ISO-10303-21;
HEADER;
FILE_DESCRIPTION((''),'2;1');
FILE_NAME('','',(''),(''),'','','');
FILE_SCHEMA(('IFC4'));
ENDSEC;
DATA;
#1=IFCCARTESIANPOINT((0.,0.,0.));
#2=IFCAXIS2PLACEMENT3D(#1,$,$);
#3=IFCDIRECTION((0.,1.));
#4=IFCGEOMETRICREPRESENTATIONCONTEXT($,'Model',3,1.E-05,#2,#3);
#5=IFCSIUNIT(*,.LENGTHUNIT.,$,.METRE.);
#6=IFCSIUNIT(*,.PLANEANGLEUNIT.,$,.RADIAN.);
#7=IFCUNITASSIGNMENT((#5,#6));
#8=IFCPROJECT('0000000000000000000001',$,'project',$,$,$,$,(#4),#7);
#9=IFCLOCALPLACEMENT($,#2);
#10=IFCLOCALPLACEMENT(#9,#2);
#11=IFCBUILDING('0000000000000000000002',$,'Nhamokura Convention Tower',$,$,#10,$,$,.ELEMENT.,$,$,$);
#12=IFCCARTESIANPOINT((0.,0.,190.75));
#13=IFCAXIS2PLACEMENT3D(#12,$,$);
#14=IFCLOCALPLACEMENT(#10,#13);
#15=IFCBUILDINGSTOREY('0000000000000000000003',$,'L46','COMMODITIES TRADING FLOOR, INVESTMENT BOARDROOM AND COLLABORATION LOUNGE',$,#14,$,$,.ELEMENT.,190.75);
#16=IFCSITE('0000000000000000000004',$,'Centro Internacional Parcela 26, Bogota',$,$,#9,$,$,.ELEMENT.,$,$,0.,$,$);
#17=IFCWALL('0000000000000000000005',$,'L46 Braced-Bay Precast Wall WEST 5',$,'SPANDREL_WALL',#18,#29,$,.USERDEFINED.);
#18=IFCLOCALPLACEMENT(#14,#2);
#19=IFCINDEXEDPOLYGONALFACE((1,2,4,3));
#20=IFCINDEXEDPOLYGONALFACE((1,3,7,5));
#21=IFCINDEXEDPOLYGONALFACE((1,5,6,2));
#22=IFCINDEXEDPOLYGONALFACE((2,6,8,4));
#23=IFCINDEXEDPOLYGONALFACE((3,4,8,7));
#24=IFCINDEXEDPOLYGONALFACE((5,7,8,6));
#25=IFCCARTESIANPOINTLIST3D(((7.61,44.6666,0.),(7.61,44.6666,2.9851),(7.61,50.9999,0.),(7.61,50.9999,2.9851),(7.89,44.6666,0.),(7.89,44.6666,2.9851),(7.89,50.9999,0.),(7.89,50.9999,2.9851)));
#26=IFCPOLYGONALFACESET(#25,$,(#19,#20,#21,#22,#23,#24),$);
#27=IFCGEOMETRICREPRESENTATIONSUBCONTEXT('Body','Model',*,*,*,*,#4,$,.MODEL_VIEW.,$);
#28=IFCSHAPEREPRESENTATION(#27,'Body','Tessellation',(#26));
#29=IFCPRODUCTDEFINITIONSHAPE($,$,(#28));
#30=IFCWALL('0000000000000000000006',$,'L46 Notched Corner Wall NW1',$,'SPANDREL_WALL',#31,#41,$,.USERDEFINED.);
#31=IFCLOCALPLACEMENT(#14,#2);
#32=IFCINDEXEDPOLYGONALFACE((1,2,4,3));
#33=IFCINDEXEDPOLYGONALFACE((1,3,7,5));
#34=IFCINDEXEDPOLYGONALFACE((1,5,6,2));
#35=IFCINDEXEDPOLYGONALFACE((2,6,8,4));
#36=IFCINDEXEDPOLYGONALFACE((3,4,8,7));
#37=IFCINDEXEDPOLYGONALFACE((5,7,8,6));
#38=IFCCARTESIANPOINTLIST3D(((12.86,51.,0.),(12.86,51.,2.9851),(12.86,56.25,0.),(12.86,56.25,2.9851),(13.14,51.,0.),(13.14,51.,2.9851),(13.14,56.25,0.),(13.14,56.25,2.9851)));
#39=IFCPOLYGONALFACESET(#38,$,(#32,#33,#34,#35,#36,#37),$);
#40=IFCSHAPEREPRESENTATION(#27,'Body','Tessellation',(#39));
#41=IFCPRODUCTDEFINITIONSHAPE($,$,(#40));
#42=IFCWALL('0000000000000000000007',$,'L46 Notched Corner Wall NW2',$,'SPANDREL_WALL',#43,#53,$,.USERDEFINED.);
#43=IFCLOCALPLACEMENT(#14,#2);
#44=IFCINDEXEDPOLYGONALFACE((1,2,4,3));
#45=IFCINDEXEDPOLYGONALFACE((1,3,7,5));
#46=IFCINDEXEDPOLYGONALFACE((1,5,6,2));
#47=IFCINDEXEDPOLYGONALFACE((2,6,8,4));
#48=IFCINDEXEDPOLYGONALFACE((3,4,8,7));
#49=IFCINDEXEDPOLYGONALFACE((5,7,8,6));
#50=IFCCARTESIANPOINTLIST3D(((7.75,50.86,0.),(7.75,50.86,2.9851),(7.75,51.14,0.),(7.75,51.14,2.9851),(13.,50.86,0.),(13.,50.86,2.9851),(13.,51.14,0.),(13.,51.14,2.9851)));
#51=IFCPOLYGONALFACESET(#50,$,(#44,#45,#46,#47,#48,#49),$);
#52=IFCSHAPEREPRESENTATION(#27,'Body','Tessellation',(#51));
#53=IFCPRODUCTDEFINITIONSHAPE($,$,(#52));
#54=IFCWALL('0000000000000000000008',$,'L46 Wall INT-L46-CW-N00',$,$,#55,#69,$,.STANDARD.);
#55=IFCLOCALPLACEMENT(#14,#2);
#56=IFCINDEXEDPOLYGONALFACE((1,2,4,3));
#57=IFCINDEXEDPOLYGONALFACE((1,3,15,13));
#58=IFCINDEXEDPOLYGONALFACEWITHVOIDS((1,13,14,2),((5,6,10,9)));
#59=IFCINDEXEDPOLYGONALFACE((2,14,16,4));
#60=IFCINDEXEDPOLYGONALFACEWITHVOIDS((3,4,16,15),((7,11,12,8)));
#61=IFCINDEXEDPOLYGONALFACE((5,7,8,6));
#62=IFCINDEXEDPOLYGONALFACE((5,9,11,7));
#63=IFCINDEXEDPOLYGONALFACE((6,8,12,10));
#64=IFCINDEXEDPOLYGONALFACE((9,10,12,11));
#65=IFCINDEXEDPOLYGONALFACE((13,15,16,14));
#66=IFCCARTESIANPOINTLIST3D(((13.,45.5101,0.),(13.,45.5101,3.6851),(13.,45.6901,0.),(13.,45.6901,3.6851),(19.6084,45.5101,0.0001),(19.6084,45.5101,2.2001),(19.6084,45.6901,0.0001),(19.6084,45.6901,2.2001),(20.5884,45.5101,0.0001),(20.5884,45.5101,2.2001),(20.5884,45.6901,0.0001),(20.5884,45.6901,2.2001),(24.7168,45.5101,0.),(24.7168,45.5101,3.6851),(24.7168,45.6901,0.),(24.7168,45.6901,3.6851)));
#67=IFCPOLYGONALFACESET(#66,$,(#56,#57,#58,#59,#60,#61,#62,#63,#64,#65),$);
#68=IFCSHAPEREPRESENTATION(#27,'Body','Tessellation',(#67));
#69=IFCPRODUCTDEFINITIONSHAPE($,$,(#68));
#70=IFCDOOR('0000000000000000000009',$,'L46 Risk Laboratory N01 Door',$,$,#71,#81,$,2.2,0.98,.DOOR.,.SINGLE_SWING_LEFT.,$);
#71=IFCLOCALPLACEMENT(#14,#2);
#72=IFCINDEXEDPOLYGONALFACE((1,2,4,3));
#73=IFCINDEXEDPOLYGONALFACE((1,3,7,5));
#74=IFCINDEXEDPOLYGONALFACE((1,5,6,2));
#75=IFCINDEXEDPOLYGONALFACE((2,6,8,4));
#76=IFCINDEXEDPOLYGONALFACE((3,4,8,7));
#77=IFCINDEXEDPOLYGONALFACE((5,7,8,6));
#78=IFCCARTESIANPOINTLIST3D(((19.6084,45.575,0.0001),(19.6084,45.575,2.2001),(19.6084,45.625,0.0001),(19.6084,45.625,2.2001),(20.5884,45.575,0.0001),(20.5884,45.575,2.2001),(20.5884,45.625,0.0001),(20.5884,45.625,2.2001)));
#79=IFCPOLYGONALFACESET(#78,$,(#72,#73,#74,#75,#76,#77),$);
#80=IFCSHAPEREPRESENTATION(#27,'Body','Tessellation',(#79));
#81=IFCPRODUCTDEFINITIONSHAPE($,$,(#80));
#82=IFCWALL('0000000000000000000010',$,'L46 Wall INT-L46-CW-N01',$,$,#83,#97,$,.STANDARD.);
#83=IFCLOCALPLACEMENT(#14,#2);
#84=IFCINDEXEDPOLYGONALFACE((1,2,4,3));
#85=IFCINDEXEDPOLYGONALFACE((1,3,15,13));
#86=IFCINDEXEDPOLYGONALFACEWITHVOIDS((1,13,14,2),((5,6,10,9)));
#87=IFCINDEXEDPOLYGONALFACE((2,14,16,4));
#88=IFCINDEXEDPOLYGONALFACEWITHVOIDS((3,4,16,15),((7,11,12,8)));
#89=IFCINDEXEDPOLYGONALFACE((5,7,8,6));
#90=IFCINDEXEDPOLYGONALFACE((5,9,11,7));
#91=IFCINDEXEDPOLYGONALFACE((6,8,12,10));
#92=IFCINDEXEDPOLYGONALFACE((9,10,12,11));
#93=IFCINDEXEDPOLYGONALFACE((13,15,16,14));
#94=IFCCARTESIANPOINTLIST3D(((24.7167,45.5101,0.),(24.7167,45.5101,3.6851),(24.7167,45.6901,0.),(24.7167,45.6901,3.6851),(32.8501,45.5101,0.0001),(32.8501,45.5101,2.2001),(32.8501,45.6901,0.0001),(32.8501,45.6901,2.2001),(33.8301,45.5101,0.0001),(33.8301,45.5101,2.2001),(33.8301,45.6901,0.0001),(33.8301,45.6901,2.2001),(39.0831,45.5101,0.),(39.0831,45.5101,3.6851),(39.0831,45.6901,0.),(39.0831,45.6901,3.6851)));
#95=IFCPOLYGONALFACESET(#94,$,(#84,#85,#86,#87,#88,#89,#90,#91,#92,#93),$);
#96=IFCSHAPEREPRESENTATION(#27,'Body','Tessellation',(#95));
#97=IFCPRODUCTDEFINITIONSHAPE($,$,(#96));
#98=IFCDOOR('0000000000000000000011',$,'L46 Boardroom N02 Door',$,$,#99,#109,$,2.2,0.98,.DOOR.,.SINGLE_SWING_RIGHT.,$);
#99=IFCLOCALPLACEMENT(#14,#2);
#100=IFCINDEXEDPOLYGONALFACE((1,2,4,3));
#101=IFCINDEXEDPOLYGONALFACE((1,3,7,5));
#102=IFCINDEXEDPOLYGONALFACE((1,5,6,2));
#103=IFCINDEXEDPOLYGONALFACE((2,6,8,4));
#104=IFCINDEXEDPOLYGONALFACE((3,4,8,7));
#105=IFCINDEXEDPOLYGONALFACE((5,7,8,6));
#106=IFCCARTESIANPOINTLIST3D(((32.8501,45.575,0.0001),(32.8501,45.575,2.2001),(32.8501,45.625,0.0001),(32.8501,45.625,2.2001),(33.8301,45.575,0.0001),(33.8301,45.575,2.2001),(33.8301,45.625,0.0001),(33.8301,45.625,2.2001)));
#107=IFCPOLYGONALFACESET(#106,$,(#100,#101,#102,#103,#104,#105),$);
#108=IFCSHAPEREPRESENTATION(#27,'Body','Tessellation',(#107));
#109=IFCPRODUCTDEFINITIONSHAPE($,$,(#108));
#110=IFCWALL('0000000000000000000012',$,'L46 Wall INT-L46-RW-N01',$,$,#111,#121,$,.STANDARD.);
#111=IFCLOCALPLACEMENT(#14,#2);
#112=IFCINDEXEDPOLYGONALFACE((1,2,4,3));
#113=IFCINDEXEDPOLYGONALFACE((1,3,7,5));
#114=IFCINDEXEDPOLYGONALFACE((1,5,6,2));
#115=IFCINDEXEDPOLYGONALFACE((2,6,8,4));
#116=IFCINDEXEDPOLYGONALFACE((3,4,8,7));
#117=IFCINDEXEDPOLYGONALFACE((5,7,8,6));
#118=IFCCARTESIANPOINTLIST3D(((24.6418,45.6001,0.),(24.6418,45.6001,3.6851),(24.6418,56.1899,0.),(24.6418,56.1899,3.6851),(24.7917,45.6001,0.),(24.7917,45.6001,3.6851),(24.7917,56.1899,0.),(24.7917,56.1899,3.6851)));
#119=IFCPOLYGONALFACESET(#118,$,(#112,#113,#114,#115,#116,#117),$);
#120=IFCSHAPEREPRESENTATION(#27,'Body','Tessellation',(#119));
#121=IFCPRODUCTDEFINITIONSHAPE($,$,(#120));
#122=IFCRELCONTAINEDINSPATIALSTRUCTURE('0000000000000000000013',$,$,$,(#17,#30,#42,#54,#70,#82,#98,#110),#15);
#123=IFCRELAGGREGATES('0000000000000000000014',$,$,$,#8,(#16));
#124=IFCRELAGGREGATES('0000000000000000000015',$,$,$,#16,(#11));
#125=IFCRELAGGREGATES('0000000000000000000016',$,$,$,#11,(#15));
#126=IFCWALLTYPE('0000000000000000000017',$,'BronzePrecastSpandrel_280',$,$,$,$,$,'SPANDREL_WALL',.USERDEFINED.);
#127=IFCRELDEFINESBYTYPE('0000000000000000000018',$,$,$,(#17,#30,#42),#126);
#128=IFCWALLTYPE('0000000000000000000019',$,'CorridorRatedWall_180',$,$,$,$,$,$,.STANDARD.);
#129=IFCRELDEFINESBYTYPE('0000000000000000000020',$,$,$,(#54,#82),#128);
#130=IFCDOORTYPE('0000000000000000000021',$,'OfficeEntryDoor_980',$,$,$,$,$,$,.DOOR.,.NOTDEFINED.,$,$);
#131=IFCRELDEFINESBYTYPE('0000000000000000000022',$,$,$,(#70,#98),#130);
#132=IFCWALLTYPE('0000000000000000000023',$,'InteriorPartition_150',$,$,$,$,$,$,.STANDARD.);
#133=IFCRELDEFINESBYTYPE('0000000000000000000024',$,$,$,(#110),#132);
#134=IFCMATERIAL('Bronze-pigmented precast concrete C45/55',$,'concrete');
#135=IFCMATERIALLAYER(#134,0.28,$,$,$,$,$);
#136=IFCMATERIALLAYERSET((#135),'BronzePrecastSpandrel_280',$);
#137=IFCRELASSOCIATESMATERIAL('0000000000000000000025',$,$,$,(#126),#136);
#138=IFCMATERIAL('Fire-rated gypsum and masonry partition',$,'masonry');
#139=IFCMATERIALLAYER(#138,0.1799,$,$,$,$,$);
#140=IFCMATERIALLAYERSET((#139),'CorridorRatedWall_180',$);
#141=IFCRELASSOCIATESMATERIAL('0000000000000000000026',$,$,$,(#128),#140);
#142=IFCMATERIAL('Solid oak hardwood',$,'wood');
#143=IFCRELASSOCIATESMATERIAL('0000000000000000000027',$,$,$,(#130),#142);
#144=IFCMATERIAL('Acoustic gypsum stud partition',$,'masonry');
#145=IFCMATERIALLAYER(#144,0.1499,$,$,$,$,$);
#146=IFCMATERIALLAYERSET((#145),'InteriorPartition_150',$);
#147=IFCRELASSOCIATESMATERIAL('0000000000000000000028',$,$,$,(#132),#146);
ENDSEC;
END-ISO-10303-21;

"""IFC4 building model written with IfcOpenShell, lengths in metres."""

from ifc_helpers import new_model, si_unit, direction, frame, frame_2d, origin, place, context, subcontext, project, spatial, rectangle, extrude, material, layer, layer_set, type_object, element, fill, save


model = new_model("IFC4")

# Units and contexts
model_context = context("Model", 3, precision=1e-05, world=origin(), true_north=direction((0.0, 1.0)))
body_context = subcontext(model_context, "Body", "Model", "MODEL_VIEW")
ifc_project = project(units=[si_unit("LENGTHUNIT", "METRE"), si_unit("PLANEANGLEUNIT", "RADIAN")], contexts=[model_context])

# Site, building, storey
site_placement = place(None, origin())
site = spatial("IfcSite", under=ifc_project, at=site_placement, Name="Centro Internacional Parcela 26, Bogota", CompositionType="ELEMENT", RefElevation=0.0)
building_placement = place(site_placement, origin())
building = spatial("IfcBuilding", under=site, at=building_placement, Name="Nhamokura Convention Tower", CompositionType="ELEMENT")
storey_placement = place(building_placement, frame((0.0, 0.0, 190.75)))
storey = spatial("IfcBuildingStorey", under=building, at=storey_placement, Name="L46", Description="COMMODITIES TRADING FLOOR, INVESTMENT BOARDROOM AND COLLABORATION LOUNGE", CompositionType="ELEMENT", Elevation=190.75)

# Shared definitions
ifc_material_1 = material(Name="Bronze-pigmented precast concrete C45/55", Category="concrete")
ifc_layer_1 = layer(ifc_material_1, 0.28)
ifc_layer_set_1 = layer_set([ifc_layer_1], Name="BronzePrecastSpandrel_280")
wall_type_1 = type_object("IfcWallType", Name="BronzePrecastSpandrel_280", ElementType="SPANDREL_WALL", PredefinedType="USERDEFINED", material=ifc_layer_set_1)

# Walls
wall_1_placement = place(storey_placement, frame((7.75, 44.6667, 0.0), z_axis=(0.0, 0.0, 1.0), x_axis=(0.0, 1.0, 0.0)))
element("IfcWall", 1, at=wall_1_placement, inside=storey, type_object=wall_type_1, Name="L46 Braced-Bay Precast Wall WEST 5", ObjectType="SPANDREL_WALL", PredefinedType="USERDEFINED", context=body_context, shape_type="SweptSolid", body=[
    extrude(rectangle(XDim=6.3333, YDim=0.28, at=frame_2d((3.1665, 0.0))), origin(), (0.0, 0.0, 1.0), 2.9851),
])
for number, where, z_axis, x_axis, name in (
    (2, (13.0, 51.0, 0.0), (0.0, 0.0, 1.0), (0.0, 1.0, 0.0), "L46 Notched Corner Wall NW1"),
    (3, (7.75, 51.0, 0.0), (0.0, 0.0, 1.0), (1.0, 0.0, 0.0), "L46 Notched Corner Wall NW2"),
):
    element("IfcWall", number, at=place(storey_placement, frame(where, z_axis=z_axis, x_axis=x_axis)), inside=storey, type_object=wall_type_1, Name=name, ObjectType="SPANDREL_WALL", PredefinedType="USERDEFINED", context=body_context, shape_type="SweptSolid", body=[
        extrude(rectangle(XDim=5.25, YDim=0.28, at=frame_2d((2.625, 0.0))), origin(), (0.0, 0.0, 1.0), 2.9851),
    ])

# Walls, openings, doors
ifc_material_2 = material(Name="Fire-rated gypsum and masonry partition", Category="masonry")
ifc_layer_2 = layer(ifc_material_2, 0.1799)
ifc_layer_set_2 = layer_set([ifc_layer_2], Name="CorridorRatedWall_180")
wall_type_2 = type_object("IfcWallType", Name="CorridorRatedWall_180", PredefinedType="STANDARD", material=ifc_layer_set_2)
wall_2_placement = place(storey_placement, frame((13.0, 45.6001, 0.0), z_axis=(0.0, 0.0, 1.0), x_axis=(1.0, 0.0, 0.0)))
wall_2 = element("IfcWall", 4, at=wall_2_placement, inside=storey, type_object=wall_type_2, Name="L46 Wall INT-L46-CW-N00", PredefinedType="STANDARD", context=body_context, shape_type="SweptSolid", body=[
    extrude(rectangle(XDim=11.7168, YDim=0.1799, at=frame_2d((5.8584, 0.0))), origin(), (0.0, 0.0, 1.0), 3.6851),
])
opening_1_placement = place(wall_2_placement, frame((6.6084, 0.0, 0.0)))
opening_1 = element("IfcOpeningElement", 5, at=opening_1_placement, cuts=wall_2, PredefinedType="OPENING", context=body_context, shape_type="SweptSolid", body=[
    extrude(rectangle(XDim=0.98, YDim=2.2, at=frame_2d((0.49, 1.1001))), frame((0.0, 0.0999, 0.0), z_axis=(0.0, -1.0, 0.0), x_axis=(1.0, 0.0, 0.0)), (0.0, 0.0, 1.0), 0.2),
])
ifc_material_3 = material(Name="Solid oak hardwood", Category="wood")
door_type = type_object("IfcDoorType", Name="OfficeEntryDoor_980", OperationType="NOTDEFINED", PredefinedType="DOOR", material=ifc_material_3)
door_1_placement = place(opening_1_placement, origin())
door_1 = element("IfcDoor", 6, at=door_1_placement, inside=storey, type_object=door_type, Name="L46 Risk Laboratory N01 Door", OperationType="SINGLE_SWING_LEFT", OverallHeight=2.2, OverallWidth=0.98, PredefinedType="DOOR", context=body_context, shape_type="SweptSolid", body=[
    extrude(rectangle(XDim=0.98, YDim=2.2, at=frame_2d((0.49, 1.1001))), frame((0.0, 0.0249, 0.0), z_axis=(0.0, -1.0, 0.0), x_axis=(1.0, 0.0, 0.0)), (0.0, 0.0, 1.0), 0.05),
])
fill(opening_1, door_1)
wall_3_placement = place(storey_placement, frame((24.7168, 45.6001, 0.0), z_axis=(0.0, 0.0, 1.0), x_axis=(1.0, 0.0, 0.0)))
wall_3 = element("IfcWall", 7, at=wall_3_placement, inside=storey, type_object=wall_type_2, Name="L46 Wall INT-L46-CW-N01", PredefinedType="STANDARD", context=body_context, shape_type="SweptSolid", body=[
    extrude(rectangle(XDim=14.3665, YDim=0.1799, at=frame_2d((7.1831, 0.0))), origin(), (0.0, 0.0, 1.0), 3.6851),
])
opening_2_placement = place(wall_3_placement, frame((8.1333, 0.0, 0.0)))
opening_2 = element("IfcOpeningElement", 8, at=opening_2_placement, cuts=wall_3, PredefinedType="OPENING", context=body_context, shape_type="SweptSolid", body=[
    extrude(rectangle(XDim=0.98, YDim=2.2, at=frame_2d((0.49, 1.1001))), frame((0.0, 0.0999, 0.0), z_axis=(0.0, -1.0, 0.0), x_axis=(1.0, 0.0, 0.0)), (0.0, 0.0, 1.0), 0.2),
])
door_2_placement = place(opening_2_placement, origin())
door_2 = element("IfcDoor", 9, at=door_2_placement, inside=storey, type_object=door_type, Name="L46 Boardroom N02 Door", OperationType="SINGLE_SWING_RIGHT", OverallHeight=2.2, OverallWidth=0.98, PredefinedType="DOOR", context=body_context, shape_type="SweptSolid", body=[
    extrude(rectangle(XDim=0.98, YDim=2.2, at=frame_2d((0.49, 1.1001))), frame((0.0, 0.0249, 0.0), z_axis=(0.0, -1.0, 0.0), x_axis=(1.0, 0.0, 0.0)), (0.0, 0.0, 1.0), 0.05),
])
fill(opening_2, door_2)

# Wall
ifc_material_4 = material(Name="Acoustic gypsum stud partition", Category="masonry")
ifc_layer_3 = layer(ifc_material_4, 0.1499)
ifc_layer_set_3 = layer_set([ifc_layer_3], Name="InteriorPartition_150")
wall_type_3 = type_object("IfcWallType", Name="InteriorPartition_150", PredefinedType="STANDARD", material=ifc_layer_set_3)
wall_4_placement = place(storey_placement, frame((24.7168, 45.6001, 0.0), z_axis=(0.0, 0.0, 1.0), x_axis=(0.0, 1.0, 0.0)))
element("IfcWall", 10, at=wall_4_placement, inside=storey, type_object=wall_type_3, Name="L46 Wall INT-L46-RW-N01", PredefinedType="STANDARD", context=body_context, shape_type="SweptSolid", body=[
    extrude(rectangle(XDim=10.5898, YDim=0.1499, at=frame_2d((5.2949, 0.0))), origin(), (0.0, 0.0, 1.0), 3.6851),
])

save(model, "model.ifc")
